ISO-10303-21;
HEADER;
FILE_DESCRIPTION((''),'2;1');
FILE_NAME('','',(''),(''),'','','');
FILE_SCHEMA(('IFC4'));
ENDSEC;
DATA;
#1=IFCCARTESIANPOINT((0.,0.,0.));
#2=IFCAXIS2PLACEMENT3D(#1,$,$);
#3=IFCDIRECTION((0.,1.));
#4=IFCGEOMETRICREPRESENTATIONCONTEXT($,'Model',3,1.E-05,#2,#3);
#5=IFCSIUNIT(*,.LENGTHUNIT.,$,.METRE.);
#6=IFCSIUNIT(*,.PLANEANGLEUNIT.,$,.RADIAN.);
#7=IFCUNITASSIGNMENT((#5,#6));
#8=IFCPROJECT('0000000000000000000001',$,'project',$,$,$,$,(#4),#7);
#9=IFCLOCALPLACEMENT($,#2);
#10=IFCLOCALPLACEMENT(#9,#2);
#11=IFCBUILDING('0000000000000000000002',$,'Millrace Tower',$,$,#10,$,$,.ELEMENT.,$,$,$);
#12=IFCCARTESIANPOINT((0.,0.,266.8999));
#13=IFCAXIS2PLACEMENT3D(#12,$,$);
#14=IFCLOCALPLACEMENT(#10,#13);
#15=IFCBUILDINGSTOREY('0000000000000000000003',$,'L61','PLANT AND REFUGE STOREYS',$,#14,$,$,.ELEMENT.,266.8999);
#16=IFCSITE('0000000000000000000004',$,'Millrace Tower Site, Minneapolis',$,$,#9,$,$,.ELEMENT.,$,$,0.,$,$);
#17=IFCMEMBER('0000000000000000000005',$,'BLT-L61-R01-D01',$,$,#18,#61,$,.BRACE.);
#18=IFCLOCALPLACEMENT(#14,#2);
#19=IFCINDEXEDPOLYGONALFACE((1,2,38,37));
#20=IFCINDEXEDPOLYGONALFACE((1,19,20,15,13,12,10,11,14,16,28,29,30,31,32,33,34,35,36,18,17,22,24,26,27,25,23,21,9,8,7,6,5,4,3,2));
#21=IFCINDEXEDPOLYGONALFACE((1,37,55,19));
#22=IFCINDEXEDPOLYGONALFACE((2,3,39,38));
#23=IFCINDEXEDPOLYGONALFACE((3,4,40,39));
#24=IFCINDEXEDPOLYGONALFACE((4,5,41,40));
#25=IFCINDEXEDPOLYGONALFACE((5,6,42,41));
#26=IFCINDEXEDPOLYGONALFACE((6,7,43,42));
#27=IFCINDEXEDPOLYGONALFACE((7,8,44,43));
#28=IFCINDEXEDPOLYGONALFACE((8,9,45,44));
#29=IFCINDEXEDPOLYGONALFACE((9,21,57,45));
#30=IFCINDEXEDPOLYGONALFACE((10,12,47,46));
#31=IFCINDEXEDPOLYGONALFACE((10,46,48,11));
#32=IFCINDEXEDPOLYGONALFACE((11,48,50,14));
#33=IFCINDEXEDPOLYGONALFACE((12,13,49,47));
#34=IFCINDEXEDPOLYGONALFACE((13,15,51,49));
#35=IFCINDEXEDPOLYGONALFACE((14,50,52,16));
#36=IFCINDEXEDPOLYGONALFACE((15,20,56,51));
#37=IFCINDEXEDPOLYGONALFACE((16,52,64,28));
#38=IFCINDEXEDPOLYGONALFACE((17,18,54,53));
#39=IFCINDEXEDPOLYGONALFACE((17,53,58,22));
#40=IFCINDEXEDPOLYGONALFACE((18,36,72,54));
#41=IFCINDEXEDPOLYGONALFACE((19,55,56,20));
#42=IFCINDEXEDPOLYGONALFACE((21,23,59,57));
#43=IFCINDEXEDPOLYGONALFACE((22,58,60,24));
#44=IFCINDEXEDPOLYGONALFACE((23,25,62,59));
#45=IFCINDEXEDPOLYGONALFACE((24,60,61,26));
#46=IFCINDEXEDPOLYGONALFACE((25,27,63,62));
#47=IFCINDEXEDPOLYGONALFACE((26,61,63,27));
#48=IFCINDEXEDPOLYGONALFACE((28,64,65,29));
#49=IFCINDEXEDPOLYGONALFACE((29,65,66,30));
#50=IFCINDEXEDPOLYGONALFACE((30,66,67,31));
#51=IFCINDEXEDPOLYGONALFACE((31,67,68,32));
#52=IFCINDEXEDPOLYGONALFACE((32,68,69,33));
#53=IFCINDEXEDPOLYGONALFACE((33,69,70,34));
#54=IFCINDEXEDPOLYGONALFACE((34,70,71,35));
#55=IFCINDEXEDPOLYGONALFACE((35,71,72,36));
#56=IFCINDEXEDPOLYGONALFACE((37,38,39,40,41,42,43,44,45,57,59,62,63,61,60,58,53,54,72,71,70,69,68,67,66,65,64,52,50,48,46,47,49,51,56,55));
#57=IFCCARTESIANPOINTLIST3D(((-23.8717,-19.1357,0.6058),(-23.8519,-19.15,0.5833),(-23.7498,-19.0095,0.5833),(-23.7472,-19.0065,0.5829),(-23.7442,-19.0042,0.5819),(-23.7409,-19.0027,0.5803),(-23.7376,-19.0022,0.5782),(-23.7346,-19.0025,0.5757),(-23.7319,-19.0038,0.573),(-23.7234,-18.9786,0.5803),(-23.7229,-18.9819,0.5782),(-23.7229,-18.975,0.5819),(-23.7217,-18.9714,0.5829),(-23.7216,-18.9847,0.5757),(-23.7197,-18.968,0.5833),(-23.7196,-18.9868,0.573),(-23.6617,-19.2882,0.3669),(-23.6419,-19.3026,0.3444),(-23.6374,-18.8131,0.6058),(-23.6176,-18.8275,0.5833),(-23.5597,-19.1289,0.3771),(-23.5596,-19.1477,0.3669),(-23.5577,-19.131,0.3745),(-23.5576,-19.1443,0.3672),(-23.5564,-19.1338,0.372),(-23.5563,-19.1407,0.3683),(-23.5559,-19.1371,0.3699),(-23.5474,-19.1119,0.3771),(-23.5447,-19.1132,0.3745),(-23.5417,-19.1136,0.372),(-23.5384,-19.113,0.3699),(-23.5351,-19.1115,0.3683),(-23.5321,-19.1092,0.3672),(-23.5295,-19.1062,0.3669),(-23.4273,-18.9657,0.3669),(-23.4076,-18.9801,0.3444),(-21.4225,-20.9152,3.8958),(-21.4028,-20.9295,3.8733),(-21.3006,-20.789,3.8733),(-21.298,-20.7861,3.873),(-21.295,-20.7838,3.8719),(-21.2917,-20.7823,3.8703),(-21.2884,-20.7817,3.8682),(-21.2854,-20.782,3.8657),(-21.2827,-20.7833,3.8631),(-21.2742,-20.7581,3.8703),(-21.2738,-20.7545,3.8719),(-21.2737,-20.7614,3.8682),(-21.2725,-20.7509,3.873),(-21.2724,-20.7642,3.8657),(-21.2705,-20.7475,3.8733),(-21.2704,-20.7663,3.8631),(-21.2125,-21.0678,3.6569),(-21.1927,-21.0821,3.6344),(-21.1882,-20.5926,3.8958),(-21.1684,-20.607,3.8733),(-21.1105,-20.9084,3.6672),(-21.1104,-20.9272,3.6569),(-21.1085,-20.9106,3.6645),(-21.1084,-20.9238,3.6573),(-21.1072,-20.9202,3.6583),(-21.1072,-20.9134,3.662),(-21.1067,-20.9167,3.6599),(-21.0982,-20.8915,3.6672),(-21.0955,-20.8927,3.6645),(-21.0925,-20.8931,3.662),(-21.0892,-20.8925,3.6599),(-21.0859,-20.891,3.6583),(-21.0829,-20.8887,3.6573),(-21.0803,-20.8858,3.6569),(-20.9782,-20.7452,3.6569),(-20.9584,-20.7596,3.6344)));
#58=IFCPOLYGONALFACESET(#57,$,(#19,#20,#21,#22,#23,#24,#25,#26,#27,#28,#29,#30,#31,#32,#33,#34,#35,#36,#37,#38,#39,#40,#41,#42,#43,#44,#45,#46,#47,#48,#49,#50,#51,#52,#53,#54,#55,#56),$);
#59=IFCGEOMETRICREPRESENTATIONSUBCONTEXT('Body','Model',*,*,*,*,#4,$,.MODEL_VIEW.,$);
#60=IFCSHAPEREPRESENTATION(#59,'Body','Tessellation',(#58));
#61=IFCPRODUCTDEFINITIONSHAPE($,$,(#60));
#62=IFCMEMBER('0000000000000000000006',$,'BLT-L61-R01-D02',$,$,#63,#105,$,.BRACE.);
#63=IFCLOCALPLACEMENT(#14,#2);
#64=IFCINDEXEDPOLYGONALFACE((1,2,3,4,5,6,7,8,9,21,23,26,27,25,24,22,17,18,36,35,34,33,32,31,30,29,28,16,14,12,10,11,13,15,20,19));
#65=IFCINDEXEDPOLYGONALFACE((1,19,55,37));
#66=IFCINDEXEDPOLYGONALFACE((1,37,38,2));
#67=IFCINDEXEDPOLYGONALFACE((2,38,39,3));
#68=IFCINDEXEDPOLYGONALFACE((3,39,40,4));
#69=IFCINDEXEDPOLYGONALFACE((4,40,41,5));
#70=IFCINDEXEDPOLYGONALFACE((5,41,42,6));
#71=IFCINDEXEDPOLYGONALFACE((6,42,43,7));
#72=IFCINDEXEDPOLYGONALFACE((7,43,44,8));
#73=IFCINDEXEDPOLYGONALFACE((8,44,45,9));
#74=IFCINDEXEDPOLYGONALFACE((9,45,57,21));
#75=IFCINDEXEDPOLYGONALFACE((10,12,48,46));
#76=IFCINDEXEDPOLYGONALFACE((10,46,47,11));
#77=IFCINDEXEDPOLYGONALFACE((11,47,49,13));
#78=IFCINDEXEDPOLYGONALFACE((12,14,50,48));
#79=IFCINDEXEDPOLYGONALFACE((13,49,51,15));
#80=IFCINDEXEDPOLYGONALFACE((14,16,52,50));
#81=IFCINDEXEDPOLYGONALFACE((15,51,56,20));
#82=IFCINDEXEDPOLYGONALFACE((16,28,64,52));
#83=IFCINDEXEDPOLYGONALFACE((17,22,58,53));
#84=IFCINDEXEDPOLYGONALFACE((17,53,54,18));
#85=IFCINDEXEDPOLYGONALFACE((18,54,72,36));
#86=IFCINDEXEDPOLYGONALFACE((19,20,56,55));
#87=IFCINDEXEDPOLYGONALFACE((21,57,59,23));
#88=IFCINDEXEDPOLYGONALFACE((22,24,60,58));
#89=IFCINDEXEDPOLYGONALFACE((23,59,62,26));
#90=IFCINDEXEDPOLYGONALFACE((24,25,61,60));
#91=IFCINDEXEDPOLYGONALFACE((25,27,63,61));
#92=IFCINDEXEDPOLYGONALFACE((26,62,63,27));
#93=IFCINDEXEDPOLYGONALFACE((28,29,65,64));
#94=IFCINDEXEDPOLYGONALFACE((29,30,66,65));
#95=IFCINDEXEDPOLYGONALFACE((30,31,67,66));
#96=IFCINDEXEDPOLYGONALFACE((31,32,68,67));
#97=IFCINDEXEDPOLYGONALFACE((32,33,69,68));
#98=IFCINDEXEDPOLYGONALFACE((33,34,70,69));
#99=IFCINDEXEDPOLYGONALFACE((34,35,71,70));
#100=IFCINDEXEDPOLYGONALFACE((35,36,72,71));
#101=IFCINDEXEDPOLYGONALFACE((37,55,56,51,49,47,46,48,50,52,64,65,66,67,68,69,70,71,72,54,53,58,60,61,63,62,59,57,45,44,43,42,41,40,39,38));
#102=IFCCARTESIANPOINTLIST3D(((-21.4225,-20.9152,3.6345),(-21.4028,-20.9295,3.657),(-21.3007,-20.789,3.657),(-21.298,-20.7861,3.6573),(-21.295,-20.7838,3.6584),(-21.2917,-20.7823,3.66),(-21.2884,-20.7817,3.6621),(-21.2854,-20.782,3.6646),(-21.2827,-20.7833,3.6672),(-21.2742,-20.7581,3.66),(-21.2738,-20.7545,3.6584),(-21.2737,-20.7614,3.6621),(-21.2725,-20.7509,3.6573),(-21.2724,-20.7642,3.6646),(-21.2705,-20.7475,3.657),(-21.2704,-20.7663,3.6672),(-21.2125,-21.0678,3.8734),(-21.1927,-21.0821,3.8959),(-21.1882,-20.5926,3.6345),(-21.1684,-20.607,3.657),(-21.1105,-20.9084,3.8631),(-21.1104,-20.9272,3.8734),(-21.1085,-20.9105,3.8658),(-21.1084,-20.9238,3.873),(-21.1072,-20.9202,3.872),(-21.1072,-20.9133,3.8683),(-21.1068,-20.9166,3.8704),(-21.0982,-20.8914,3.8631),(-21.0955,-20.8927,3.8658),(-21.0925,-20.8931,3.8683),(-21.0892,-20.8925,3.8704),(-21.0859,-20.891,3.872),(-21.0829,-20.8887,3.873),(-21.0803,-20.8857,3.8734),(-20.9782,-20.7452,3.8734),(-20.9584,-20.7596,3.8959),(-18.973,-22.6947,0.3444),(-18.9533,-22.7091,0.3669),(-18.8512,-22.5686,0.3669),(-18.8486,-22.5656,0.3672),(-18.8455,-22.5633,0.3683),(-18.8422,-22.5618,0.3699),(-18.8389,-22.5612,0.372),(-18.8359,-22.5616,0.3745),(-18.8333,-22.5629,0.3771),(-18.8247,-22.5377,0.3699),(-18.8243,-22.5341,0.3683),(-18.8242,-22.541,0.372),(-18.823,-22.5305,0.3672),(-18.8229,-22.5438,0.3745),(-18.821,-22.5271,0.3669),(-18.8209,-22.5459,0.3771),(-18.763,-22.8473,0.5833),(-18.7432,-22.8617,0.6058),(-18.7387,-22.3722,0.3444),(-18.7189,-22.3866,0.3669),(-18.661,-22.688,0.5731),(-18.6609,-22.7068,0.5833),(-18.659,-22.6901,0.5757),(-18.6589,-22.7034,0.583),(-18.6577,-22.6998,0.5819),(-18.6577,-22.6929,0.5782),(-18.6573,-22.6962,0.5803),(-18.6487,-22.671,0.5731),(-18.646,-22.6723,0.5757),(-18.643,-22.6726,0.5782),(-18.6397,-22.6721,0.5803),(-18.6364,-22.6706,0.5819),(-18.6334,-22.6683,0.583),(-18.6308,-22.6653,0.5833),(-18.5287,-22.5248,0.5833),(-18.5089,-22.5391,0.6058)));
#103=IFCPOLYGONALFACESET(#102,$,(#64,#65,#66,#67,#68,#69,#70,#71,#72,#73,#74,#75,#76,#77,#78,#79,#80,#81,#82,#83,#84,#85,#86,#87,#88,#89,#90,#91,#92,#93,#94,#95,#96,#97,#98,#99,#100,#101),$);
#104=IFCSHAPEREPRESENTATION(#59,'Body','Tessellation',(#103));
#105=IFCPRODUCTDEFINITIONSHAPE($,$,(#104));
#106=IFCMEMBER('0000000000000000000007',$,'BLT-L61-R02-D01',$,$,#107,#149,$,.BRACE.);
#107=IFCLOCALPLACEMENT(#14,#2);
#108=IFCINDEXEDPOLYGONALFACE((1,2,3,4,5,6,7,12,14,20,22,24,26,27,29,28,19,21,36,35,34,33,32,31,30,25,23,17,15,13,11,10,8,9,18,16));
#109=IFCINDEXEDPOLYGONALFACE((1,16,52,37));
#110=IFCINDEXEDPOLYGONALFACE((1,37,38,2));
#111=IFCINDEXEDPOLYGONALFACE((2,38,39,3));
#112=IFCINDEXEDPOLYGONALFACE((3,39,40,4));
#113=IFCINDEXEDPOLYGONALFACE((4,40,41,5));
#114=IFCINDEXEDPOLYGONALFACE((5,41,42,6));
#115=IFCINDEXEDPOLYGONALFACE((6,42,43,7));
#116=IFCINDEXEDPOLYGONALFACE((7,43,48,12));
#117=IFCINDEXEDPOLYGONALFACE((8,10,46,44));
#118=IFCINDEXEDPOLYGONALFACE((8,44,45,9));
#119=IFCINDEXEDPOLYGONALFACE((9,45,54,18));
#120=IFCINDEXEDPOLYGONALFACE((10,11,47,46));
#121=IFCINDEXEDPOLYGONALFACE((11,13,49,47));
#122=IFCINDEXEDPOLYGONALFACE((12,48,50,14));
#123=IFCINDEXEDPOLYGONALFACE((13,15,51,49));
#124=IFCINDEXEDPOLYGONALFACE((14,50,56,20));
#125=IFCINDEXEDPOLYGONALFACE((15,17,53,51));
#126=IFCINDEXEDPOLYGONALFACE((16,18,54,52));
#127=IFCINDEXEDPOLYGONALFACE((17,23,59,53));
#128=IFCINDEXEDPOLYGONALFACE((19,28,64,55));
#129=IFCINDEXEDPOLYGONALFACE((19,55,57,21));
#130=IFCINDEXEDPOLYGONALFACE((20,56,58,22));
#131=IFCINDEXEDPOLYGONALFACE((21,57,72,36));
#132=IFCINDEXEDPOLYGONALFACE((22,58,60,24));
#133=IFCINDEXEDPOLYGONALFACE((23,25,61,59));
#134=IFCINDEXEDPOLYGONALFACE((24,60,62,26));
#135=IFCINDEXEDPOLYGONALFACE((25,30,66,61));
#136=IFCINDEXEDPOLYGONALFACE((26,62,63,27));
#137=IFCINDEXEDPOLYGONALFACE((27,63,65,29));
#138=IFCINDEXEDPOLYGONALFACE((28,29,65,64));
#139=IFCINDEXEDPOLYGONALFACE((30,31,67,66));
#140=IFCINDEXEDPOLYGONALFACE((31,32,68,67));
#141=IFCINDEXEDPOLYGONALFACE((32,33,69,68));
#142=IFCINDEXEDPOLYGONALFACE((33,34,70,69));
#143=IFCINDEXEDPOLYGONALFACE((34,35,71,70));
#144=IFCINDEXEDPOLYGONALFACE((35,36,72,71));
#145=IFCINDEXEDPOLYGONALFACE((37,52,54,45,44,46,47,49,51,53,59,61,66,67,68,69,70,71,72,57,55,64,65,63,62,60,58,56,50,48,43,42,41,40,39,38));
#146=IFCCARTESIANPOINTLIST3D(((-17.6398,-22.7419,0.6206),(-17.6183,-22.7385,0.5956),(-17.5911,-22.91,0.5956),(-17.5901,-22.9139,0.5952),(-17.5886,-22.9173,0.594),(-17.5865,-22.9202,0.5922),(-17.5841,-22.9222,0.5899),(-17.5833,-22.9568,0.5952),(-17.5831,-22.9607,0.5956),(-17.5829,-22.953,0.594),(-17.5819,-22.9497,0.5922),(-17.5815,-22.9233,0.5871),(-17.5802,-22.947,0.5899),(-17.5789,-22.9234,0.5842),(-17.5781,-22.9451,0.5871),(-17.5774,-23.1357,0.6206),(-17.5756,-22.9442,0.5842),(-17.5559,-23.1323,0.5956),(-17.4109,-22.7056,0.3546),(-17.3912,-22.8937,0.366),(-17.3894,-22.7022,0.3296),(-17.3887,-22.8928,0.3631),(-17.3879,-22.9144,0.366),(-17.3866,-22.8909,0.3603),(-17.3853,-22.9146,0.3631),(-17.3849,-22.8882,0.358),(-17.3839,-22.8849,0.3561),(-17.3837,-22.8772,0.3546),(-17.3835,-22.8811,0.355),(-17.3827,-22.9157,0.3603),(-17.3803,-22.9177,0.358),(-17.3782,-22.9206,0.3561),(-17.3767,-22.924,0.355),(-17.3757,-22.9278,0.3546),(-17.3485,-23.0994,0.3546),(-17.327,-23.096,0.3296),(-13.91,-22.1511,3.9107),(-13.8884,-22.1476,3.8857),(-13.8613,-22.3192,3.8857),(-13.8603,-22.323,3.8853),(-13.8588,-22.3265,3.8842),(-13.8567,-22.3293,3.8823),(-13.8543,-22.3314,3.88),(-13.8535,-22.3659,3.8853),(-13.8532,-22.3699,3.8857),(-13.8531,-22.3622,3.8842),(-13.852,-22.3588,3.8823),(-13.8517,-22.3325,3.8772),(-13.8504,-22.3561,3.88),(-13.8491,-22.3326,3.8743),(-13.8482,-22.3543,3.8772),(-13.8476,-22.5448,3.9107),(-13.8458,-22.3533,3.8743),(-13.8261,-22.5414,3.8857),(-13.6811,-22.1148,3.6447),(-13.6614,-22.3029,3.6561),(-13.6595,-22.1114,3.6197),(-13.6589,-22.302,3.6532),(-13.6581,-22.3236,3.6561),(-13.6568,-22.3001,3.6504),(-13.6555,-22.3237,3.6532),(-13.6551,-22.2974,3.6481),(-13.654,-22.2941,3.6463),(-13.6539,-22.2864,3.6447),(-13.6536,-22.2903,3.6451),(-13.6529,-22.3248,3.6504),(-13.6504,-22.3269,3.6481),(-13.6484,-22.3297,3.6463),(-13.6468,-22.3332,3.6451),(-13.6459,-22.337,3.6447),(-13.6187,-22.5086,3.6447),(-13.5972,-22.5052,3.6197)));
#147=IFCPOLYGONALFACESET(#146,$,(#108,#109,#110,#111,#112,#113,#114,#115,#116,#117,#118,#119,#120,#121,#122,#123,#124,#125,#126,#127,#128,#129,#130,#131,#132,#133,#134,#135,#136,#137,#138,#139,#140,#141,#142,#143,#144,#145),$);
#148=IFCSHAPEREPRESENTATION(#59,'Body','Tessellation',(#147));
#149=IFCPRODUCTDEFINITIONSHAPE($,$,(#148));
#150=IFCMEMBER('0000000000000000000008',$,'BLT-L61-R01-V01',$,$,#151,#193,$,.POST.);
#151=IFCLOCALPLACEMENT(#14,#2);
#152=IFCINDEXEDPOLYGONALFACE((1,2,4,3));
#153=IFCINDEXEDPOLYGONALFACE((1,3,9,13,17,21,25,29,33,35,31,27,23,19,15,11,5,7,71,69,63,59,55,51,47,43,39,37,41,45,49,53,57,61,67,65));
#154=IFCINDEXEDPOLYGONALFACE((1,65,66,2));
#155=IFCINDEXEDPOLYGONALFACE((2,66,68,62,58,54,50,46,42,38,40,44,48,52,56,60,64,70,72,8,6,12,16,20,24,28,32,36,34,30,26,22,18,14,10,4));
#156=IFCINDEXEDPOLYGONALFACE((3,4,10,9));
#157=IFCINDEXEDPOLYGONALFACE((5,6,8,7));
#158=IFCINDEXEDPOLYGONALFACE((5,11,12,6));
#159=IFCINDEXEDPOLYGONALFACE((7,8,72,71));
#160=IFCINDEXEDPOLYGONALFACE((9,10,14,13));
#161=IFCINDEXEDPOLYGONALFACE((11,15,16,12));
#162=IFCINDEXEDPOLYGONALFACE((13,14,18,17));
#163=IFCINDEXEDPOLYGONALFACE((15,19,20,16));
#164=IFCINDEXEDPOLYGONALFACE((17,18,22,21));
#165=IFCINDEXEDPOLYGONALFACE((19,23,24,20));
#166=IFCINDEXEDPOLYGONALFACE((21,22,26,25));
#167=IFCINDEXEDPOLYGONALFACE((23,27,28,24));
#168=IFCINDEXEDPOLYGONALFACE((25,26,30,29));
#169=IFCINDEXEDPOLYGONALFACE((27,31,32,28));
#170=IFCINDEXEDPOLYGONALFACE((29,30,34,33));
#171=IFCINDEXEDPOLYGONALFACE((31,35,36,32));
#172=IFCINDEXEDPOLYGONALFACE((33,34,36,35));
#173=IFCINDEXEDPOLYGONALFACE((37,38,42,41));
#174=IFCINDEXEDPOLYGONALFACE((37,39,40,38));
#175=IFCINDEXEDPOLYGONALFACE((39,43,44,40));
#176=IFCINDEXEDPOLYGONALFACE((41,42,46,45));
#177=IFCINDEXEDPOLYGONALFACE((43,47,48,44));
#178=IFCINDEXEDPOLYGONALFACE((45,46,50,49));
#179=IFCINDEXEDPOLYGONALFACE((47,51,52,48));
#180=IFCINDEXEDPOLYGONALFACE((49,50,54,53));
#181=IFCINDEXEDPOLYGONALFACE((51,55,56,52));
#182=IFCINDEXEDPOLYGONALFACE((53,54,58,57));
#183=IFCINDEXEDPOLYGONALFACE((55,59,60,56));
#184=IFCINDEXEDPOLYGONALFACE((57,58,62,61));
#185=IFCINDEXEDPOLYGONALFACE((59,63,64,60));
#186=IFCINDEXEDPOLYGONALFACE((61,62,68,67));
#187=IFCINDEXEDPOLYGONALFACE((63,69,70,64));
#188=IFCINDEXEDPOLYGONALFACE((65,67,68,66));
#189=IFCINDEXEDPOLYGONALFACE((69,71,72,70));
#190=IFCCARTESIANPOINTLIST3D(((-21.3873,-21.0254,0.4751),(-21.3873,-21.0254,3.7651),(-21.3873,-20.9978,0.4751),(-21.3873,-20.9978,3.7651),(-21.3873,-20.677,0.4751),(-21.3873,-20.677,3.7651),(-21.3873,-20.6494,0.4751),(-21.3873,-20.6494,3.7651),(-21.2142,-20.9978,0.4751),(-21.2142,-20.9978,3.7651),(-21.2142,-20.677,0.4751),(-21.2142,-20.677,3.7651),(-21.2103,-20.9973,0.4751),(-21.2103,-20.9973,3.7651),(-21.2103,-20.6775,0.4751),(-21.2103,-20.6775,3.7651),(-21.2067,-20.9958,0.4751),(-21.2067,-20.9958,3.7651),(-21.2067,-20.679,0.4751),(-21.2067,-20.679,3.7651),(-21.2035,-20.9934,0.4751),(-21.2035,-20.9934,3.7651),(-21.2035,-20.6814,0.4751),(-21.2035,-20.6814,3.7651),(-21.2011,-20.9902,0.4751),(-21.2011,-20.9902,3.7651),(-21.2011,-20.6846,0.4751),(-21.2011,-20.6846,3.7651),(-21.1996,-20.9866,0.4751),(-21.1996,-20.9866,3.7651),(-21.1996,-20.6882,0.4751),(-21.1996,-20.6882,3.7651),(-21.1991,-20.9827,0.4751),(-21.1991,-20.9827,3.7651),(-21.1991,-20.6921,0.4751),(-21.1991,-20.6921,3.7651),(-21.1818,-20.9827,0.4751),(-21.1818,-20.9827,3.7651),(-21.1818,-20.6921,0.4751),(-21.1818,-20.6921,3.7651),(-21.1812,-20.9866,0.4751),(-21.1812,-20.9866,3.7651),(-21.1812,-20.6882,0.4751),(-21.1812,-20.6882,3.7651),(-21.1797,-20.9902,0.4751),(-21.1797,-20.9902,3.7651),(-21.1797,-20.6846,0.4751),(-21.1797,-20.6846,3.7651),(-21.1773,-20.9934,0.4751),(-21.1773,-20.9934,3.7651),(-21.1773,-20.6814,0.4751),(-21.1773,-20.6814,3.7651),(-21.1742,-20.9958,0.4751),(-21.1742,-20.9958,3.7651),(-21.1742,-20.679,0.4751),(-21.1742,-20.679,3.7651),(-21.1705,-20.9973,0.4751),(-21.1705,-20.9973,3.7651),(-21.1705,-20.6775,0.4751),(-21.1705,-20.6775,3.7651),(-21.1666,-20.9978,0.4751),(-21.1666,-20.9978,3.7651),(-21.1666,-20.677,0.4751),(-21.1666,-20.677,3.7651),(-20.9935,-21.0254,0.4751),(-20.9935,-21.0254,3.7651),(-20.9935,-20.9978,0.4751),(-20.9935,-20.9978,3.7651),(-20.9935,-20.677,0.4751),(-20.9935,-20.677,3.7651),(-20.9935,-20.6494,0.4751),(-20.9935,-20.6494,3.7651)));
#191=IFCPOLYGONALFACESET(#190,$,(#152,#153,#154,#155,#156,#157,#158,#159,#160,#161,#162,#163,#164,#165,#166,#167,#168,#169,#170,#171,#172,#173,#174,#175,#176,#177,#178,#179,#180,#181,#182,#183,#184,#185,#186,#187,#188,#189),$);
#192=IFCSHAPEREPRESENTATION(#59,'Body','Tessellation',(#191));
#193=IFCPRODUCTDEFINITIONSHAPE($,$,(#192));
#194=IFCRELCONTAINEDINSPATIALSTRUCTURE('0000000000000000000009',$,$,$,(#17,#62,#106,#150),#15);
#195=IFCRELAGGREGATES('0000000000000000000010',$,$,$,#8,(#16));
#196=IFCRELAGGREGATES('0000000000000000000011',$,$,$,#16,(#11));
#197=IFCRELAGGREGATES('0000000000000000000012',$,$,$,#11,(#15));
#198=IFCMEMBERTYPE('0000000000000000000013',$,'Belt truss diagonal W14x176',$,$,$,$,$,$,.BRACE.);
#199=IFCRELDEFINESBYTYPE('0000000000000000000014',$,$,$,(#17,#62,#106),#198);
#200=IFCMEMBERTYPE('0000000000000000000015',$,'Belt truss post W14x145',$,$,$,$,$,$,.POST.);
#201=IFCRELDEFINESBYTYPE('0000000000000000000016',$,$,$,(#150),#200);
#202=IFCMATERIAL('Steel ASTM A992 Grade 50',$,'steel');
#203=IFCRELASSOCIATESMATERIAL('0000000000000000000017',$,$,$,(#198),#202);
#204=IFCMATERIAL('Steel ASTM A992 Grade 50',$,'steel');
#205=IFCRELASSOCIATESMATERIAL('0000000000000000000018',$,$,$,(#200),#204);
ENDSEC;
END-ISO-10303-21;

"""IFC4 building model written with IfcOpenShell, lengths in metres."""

from ifc_helpers import new_model, si_unit, direction, frame, origin, origin_2d, place, context, subcontext, project, spatial, i_section, extrude, material, material_profile, profile_set, type_object, element, save


model = new_model("IFC4")

# Units and contexts
model_context = context("Model", 3, precision=1e-05, world=origin(), true_north=direction((0.0, 1.0)))
body_context = subcontext(model_context, "Body", "Model", "MODEL_VIEW")
ifc_project = project(units=[si_unit("LENGTHUNIT", "METRE"), si_unit("PLANEANGLEUNIT", "RADIAN")], contexts=[model_context])

# Site, building, storey
site_placement = place(None, origin())
site = spatial("IfcSite", under=ifc_project, at=site_placement, Name="Millrace Tower Site, Minneapolis", CompositionType="ELEMENT", RefElevation=0.0)
building_placement = place(site_placement, origin())
building = spatial("IfcBuilding", under=site, at=building_placement, Name="Millrace Tower", CompositionType="ELEMENT")
storey_placement = place(building_placement, frame((0.0, 0.0, 266.8999)))
storey = spatial("IfcBuildingStorey", under=building, at=storey_placement, Name="L61", Description="PLANT AND REFUGE STOREYS", CompositionType="ELEMENT", Elevation=266.8999)

# Members
ifc_material_1 = material(Name="Steel ASTM A992 Grade 50", Category="steel")
ifc_material_profile_1 = material_profile(ifc_material_1, i_section(OverallWidth=0.3987, OverallDepth=0.386, WebThickness=0.021, FlangeThickness=0.0332, FilletRadius=0.0151, at=origin_2d()))
ifc_profile_set_1 = profile_set([ifc_material_profile_1], Name="Steel ASTM A992 Grade 50")
member_type_1 = type_object("IfcMemberType", Name="Belt truss diagonal W14x176", PredefinedType="BRACE", material=ifc_profile_set_1)
member_1_placement = place(storey_placement, frame((-23.6396, -19.0579, 0.4751), z_axis=(0.547802, -0.398019, 0.735863), x_axis=(0.587802, 0.809005, 0.0)))
element("IfcMember", 1, at=member_1_placement, inside=storey, type_object=member_type_1, Name="BLT-L61-R01-D01", PredefinedType="BRACE", context=body_context, shape_type="SweptSolid", body=[
    extrude(i_section(OverallWidth=0.3987, OverallDepth=0.386, WebThickness=0.021, FlangeThickness=0.0332, FilletRadius=0.0151, at=origin_2d()), origin(), (0.0, 0.0, 1.0), 4.4709),
])
member_2_placement = place(storey_placement, frame((-18.741, -22.6169, 0.4751), z_axis=(-0.54784, 0.398007, 0.735841), x_axis=(-0.587764, -0.809032, 0.0)))
element("IfcMember", 2, at=member_2_placement, inside=storey, type_object=member_type_1, Name="BLT-L61-R01-D02", PredefinedType="BRACE", context=body_context, shape_type="SweptSolid", body=[
    extrude(i_section(OverallWidth=0.3987, OverallDepth=0.386, WebThickness=0.021, FlangeThickness=0.0332, FilletRadius=0.0151, at=origin_2d()), origin(), (0.0, 0.0, 1.0), 4.4712),
])
member_3_placement = place(storey_placement, frame((-17.4834, -22.9189, 0.4751), z_axis=(0.744692, 0.117965, 0.6569), x_axis=(-0.156457, 0.987685, 0.0)))
element("IfcMember", 3, at=member_3_placement, inside=storey, type_object=member_type_1, Name="BLT-L61-R02-D01", PredefinedType="BRACE", context=body_context, shape_type="SweptSolid", body=[
    extrude(i_section(OverallWidth=0.3987, OverallDepth=0.386, WebThickness=0.021, FlangeThickness=0.0332, FilletRadius=0.0151, at=origin_2d()), origin(), (0.0, 0.0, 1.0), 5.0085),
])
ifc_material_2 = material(Name="Steel ASTM A992 Grade 50", Category="steel")
ifc_material_profile_2 = material_profile(ifc_material_2, i_section(OverallWidth=0.3938, OverallDepth=0.376, WebThickness=0.0173, FlangeThickness=0.0276, FilletRadius=0.0151, at=origin_2d()))
ifc_profile_set_2 = profile_set([ifc_material_profile_2], Name="Steel ASTM A992 Grade 50")
member_type_2 = type_object("IfcMemberType", Name="Belt truss post W14x145", PredefinedType="POST", material=ifc_profile_set_2)
member_4_placement = place(storey_placement, frame((-21.1904, -20.8374, 0.4751), z_axis=(0.0, 0.0, 1.0), x_axis=(1.0, 0.0, 0.0)))
element("IfcMember", 4, at=member_4_placement, inside=storey, type_object=member_type_2, Name="BLT-L61-R01-V01", PredefinedType="POST", context=body_context, shape_type="SweptSolid", body=[
    extrude(i_section(OverallWidth=0.3938, OverallDepth=0.376, WebThickness=0.0173, FlangeThickness=0.0276, FilletRadius=0.0151, at=origin_2d()), origin(), (0.0, 0.0, 1.0), 3.29),
])

save(model, "model.ifc")
